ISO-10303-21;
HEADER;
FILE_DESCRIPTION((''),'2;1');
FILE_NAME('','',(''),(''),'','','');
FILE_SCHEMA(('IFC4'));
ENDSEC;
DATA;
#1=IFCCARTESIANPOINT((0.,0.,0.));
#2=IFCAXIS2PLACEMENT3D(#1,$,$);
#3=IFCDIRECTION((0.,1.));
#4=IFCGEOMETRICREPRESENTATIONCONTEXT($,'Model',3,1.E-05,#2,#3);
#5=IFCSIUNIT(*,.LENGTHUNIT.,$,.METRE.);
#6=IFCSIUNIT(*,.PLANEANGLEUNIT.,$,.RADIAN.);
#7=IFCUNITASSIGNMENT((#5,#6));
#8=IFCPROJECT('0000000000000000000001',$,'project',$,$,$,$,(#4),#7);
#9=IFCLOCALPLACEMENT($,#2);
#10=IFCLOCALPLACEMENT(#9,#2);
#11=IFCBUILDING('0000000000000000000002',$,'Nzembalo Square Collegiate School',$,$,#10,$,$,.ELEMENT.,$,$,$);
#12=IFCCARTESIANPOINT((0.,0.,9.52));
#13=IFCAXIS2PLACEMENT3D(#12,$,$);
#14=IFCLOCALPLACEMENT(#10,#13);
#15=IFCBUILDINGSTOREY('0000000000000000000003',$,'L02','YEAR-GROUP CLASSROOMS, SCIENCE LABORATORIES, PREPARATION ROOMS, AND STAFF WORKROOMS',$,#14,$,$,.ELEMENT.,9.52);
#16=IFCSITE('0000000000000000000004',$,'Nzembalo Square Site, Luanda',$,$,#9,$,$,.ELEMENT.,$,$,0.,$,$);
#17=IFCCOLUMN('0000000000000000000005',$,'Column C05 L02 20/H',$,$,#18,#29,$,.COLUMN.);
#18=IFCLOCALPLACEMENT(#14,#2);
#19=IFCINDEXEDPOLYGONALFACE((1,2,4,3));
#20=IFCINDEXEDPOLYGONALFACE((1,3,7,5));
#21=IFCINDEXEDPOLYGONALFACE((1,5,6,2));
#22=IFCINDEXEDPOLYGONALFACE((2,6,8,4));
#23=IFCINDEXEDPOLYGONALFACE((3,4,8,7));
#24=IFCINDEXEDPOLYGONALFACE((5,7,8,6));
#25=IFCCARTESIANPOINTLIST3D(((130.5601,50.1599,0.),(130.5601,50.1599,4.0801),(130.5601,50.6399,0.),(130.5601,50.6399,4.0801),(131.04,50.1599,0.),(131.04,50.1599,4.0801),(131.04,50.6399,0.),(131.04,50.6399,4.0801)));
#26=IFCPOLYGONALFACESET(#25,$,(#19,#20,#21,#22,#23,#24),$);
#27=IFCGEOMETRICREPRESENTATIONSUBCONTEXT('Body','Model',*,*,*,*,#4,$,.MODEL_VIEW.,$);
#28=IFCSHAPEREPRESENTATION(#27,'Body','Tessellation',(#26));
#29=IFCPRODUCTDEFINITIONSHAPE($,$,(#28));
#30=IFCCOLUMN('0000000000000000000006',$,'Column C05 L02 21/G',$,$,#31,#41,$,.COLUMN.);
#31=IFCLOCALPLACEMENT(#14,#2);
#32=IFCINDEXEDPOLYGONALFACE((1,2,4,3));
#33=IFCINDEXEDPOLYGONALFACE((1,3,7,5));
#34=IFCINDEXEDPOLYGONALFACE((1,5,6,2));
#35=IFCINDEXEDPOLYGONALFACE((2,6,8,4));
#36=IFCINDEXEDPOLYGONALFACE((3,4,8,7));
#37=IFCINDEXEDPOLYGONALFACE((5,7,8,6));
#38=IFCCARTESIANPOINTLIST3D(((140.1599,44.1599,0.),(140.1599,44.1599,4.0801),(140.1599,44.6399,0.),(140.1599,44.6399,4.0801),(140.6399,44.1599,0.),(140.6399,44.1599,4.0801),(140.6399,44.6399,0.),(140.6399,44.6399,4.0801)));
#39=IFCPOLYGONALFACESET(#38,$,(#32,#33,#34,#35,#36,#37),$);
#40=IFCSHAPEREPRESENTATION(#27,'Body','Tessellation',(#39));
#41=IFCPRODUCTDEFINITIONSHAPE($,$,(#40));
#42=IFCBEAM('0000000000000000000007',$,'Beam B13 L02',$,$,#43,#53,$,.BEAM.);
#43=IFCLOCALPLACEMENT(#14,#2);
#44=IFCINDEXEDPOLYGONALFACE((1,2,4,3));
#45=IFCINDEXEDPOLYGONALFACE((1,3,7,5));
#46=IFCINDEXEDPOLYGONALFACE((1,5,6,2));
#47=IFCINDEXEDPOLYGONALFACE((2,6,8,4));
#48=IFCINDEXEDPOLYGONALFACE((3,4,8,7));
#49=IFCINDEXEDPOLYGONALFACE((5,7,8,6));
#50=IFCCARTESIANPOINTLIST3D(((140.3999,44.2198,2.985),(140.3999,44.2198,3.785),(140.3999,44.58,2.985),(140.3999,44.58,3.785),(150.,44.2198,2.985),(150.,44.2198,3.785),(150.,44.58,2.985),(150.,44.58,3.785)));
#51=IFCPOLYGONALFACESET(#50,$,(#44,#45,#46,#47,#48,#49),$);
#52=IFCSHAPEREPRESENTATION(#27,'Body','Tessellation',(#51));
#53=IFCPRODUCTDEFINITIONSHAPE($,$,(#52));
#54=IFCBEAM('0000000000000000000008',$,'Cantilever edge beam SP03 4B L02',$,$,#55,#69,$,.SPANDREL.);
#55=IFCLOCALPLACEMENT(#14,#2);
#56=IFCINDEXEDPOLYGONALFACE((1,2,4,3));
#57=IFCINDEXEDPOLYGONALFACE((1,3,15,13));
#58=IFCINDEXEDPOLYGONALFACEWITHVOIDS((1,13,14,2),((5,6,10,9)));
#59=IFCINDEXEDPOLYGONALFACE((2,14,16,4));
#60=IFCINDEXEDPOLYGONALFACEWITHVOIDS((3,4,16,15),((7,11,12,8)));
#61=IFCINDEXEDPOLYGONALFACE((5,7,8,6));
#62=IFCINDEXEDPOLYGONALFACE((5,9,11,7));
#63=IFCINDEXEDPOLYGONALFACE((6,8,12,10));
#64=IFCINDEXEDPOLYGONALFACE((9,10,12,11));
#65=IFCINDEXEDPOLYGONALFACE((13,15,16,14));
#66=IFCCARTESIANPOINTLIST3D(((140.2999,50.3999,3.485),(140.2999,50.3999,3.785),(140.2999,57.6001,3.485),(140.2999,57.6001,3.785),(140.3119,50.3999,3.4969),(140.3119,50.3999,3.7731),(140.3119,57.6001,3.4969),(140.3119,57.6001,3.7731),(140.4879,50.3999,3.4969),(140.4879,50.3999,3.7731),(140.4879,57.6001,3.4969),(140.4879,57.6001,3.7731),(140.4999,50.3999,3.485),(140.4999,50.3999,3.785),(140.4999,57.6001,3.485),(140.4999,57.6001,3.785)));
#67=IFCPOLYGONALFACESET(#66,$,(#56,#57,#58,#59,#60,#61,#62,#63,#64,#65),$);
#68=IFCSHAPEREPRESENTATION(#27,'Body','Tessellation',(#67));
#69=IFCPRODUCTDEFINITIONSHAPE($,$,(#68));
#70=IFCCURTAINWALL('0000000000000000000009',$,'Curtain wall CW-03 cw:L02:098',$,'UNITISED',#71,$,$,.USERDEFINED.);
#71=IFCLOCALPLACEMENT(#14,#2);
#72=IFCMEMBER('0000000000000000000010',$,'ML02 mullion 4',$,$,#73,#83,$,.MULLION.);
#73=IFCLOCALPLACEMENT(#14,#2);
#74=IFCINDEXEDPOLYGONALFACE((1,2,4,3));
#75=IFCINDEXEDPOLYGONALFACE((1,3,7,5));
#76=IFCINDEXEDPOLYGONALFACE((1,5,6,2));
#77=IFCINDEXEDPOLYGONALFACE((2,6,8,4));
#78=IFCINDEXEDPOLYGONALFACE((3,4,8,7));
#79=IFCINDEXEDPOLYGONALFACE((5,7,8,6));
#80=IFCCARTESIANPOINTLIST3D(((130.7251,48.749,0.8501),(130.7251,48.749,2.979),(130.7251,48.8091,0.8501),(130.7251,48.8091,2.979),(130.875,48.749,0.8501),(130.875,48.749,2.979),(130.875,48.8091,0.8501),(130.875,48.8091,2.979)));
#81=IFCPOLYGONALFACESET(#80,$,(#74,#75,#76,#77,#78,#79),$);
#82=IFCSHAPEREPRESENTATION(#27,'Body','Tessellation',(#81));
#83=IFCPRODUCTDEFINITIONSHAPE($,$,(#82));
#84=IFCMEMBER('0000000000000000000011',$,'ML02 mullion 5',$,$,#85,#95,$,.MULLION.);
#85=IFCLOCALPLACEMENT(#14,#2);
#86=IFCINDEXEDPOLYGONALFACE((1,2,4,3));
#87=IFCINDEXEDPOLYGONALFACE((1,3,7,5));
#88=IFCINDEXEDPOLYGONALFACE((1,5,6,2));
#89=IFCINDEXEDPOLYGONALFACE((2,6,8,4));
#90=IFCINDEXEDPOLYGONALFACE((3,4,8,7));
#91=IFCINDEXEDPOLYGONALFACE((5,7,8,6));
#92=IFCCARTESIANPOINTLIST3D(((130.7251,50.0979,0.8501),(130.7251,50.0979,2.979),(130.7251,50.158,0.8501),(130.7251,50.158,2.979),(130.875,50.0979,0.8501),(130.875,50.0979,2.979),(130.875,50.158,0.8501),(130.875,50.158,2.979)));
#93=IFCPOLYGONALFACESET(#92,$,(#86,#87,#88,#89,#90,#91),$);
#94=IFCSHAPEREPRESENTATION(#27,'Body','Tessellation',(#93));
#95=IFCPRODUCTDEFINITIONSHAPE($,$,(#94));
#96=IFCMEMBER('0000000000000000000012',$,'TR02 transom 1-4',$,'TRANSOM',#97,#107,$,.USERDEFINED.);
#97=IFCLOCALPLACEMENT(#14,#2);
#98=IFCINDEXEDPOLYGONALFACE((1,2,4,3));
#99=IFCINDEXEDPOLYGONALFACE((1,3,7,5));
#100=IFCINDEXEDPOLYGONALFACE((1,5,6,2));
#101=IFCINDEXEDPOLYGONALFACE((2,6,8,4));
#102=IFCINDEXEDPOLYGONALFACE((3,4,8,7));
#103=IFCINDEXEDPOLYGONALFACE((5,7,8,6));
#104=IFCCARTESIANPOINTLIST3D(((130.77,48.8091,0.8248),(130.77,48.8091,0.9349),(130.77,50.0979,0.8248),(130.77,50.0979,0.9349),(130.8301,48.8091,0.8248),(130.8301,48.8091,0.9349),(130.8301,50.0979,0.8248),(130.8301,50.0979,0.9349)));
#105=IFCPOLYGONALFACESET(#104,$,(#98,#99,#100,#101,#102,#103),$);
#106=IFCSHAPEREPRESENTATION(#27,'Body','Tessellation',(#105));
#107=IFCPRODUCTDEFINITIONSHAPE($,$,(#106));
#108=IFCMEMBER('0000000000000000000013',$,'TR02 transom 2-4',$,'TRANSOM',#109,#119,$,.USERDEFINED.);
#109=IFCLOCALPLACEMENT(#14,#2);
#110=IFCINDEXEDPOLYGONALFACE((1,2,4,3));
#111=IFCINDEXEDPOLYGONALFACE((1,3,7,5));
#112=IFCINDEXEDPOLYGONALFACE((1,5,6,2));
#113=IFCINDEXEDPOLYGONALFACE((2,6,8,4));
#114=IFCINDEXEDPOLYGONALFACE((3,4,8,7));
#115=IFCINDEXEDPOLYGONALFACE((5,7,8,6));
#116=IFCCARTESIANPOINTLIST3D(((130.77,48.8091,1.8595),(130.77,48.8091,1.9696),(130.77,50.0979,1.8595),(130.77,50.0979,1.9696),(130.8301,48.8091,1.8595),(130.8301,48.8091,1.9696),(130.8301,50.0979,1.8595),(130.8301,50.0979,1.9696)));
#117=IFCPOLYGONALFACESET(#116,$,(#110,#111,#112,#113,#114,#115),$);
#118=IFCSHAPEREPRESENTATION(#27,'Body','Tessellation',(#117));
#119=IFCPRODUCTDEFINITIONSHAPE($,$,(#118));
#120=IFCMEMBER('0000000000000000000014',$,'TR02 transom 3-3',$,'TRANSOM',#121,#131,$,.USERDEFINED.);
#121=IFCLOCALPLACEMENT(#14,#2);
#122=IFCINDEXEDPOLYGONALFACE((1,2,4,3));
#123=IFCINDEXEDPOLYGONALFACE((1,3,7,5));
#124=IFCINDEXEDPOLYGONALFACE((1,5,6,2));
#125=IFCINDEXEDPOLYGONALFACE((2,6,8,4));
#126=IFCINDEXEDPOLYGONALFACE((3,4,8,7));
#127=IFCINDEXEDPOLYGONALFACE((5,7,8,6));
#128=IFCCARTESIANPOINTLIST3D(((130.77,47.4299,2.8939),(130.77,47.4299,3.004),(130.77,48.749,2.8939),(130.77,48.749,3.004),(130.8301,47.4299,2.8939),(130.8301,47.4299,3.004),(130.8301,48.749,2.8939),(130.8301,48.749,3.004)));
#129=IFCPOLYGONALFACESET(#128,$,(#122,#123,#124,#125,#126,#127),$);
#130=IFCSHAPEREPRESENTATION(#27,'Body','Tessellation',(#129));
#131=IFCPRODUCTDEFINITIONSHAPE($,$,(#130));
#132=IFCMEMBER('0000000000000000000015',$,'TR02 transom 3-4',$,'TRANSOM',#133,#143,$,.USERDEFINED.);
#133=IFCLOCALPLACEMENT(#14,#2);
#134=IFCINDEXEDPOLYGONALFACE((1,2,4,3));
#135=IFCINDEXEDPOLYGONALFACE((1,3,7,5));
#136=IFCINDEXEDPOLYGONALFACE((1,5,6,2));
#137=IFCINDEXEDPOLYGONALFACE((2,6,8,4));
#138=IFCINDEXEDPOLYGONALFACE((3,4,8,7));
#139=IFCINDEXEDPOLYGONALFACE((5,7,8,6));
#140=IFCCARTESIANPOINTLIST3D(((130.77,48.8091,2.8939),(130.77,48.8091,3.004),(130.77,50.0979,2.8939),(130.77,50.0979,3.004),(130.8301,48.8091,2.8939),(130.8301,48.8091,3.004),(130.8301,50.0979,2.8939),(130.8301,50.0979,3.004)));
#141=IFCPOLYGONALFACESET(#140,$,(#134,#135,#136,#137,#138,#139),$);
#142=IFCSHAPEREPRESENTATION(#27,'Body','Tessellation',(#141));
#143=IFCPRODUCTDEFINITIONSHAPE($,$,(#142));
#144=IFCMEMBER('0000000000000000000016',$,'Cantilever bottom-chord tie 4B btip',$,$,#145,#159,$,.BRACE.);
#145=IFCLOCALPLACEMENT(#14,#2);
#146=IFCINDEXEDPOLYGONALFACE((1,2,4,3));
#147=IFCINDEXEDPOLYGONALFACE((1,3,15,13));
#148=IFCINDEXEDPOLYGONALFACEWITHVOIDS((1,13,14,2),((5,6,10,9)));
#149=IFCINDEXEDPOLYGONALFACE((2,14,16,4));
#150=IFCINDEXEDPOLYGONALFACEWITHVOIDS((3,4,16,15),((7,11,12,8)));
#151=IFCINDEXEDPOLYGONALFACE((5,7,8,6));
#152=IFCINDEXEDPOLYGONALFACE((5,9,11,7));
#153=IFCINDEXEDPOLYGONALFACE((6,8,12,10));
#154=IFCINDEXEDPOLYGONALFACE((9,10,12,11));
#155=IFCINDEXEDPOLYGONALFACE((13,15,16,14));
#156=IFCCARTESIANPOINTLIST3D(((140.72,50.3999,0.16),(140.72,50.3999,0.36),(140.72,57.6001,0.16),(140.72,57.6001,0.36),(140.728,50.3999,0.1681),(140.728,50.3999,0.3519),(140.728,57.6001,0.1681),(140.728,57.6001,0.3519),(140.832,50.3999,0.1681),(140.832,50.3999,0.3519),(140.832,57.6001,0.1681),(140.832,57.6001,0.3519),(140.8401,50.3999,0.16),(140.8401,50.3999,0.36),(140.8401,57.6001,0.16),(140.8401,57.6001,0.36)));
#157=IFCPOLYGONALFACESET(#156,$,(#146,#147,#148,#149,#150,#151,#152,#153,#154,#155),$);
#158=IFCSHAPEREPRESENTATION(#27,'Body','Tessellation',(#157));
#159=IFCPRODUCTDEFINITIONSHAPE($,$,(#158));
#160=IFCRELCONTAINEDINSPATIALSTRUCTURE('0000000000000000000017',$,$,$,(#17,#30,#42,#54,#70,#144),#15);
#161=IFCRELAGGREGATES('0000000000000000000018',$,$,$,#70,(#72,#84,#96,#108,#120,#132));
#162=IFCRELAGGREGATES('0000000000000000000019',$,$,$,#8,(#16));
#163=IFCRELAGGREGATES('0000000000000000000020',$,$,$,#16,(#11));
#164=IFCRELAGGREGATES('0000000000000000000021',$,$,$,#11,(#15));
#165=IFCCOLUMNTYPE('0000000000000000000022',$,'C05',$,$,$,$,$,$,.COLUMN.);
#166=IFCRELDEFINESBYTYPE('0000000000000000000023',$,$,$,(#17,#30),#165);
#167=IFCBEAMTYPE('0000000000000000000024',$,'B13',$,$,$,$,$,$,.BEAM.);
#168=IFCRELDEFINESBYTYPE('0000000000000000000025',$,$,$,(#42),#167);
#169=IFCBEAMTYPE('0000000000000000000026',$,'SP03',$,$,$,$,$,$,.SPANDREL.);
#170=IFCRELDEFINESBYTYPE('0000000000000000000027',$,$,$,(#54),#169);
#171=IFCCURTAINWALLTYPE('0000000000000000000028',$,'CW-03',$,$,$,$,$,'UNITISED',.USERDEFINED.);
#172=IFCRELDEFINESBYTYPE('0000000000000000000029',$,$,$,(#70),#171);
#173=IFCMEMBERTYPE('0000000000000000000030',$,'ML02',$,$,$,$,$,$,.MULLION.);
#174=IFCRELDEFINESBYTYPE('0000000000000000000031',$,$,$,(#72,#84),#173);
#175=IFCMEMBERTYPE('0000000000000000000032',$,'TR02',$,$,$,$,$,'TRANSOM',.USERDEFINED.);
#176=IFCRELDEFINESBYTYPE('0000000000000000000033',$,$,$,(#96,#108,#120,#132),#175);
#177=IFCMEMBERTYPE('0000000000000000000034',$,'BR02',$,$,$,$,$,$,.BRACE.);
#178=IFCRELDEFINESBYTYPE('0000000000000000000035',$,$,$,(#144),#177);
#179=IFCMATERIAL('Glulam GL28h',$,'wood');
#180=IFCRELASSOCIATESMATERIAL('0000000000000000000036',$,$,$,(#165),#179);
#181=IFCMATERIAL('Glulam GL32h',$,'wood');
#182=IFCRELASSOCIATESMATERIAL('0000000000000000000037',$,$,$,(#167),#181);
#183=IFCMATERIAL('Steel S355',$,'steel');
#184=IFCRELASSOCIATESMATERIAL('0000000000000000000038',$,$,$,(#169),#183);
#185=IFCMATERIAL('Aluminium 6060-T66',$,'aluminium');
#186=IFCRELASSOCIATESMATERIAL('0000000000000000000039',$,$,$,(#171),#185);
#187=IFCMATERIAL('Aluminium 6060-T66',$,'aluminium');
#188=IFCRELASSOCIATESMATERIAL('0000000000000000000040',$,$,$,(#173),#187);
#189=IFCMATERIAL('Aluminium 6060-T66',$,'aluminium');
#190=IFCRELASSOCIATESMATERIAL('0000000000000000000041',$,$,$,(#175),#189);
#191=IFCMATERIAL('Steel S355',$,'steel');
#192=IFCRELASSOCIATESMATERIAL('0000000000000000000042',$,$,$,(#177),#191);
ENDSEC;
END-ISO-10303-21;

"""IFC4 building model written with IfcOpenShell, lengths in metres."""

from ifc_helpers import new_model, si_unit, direction, frame, origin, origin_2d, place, context, subcontext, project, spatial, rectangle, hollow_rectangle, extrude, material, material_profile, profile_set, type_object, element, aggregate, save


model = new_model("IFC4")

# Units and contexts
model_context = context("Model", 3, precision=1e-05, world=origin(), true_north=direction((0.0, 1.0)))
body_context = subcontext(model_context, "Body", "Model", "MODEL_VIEW")
ifc_project = project(units=[si_unit("LENGTHUNIT", "METRE"), si_unit("PLANEANGLEUNIT", "RADIAN")], contexts=[model_context])

# Site, building, storey
site_placement = place(None, origin())
site = spatial("IfcSite", under=ifc_project, at=site_placement, Name="Nzembalo Square Site, Luanda", CompositionType="ELEMENT", RefElevation=0.0)
building_placement = place(site_placement, origin())
building = spatial("IfcBuilding", under=site, at=building_placement, Name="Nzembalo Square Collegiate School", CompositionType="ELEMENT")
storey_placement = place(building_placement, frame((0.0, 0.0, 9.52)))
storey = spatial("IfcBuildingStorey", under=building, at=storey_placement, Name="L02", Description="YEAR-GROUP CLASSROOMS, SCIENCE LABORATORIES, PREPARATION ROOMS, AND STAFF WORKROOMS", CompositionType="ELEMENT", Elevation=9.52)

# Columns
ifc_material_1 = material(Name="Glulam GL28h", Category="wood")
ifc_material_profile_1 = material_profile(ifc_material_1, rectangle(XDim=0.48, YDim=0.48, at=origin_2d()), Name="GL28h 480x480")
ifc_profile_set_1 = profile_set([ifc_material_profile_1], Name="Glulam GL28h")
column_type = type_object("IfcColumnType", Name="C05", PredefinedType="COLUMN", material=ifc_profile_set_1)
for number, where, z_axis, x_axis, name in (
    (1, (130.8, 50.3999, 0.0), (0.0, 0.0, 1.0), (1.0, 0.0, 0.0), "Column C05 L02 20/H"),
    (2, (140.3999, 44.3999, 0.0), (0.0, 0.0, 1.0), (1.0, 0.0, 0.0), "Column C05 L02 21/G"),
):
    element("IfcColumn", number, at=place(storey_placement, frame(where, z_axis=z_axis, x_axis=x_axis)), inside=storey, type_object=column_type, Name=name, PredefinedType="COLUMN", context=body_context, shape_type="SweptSolid", body=[
        extrude(rectangle(XDim=0.48, YDim=0.48, at=origin_2d()), origin(), (0.0, 0.0, 1.0), 4.0801),
    ])

# Beams
ifc_material_2 = material(Name="Glulam GL32h", Category="wood")
ifc_material_profile_2 = material_profile(ifc_material_2, rectangle(XDim=0.3601, YDim=0.8, at=origin_2d()), Name="GL32h 360x800")
ifc_profile_set_2 = profile_set([ifc_material_profile_2], Name="Glulam GL32h")
beam_type_1 = type_object("IfcBeamType", Name="B13", PredefinedType="BEAM", material=ifc_profile_set_2)
beam_1_placement = place(storey_placement, frame((140.3999, 44.3999, 3.385), z_axis=(1.0, 0.0, 0.0), x_axis=(0.0, 1.0, 0.0)))
element("IfcBeam", 3, at=beam_1_placement, inside=storey, type_object=beam_type_1, Name="Beam B13 L02", PredefinedType="BEAM", context=body_context, shape_type="SweptSolid", body=[
    extrude(rectangle(XDim=0.3601, YDim=0.8, at=origin_2d()), origin(), (0.0, 0.0, 1.0), 9.6001),
])
ifc_material_3 = material(Name="Steel S355", Category="steel")
ifc_material_profile_3 = material_profile(ifc_material_3, hollow_rectangle(XDim=0.2, YDim=0.3, WallThickness=0.012, at=origin_2d()), Name="RHS 300x200x12")
ifc_profile_set_3 = profile_set([ifc_material_profile_3], Name="Steel S355")
beam_type_2 = type_object("IfcBeamType", Name="SP03", PredefinedType="SPANDREL", material=ifc_profile_set_3)
beam_2_placement = place(storey_placement, frame((140.3999, 50.3999, 3.635), z_axis=(0.0, 1.0, 0.0), x_axis=(-1.0, 0.0, 0.0)))
element("IfcBeam", 4, at=beam_2_placement, inside=storey, type_object=beam_type_2, Name="Cantilever edge beam SP03 4B L02", PredefinedType="SPANDREL", context=body_context, shape_type="SweptSolid", body=[
    extrude(hollow_rectangle(XDim=0.2, YDim=0.3, WallThickness=0.012, at=origin_2d()), origin(), (0.0, 0.0, 1.0), 7.2002),
])

# Curtain wall, members
ifc_material_4 = material(Name="Aluminium 6060-T66", Category="aluminium")
curtain_wall_type = type_object("IfcCurtainWallType", Name="CW-03", ElementType="UNITISED", PredefinedType="USERDEFINED", material=ifc_material_4)
curtain_wall_placement = place(storey_placement, origin())
curtain_wall = element("IfcCurtainWall", 5, at=curtain_wall_placement, inside=storey, type_object=curtain_wall_type, Name="Curtain wall CW-03 cw:L02:098", ObjectType="UNITISED", PredefinedType="USERDEFINED")
ifc_material_5 = material(Name="Aluminium 6060-T66", Category="aluminium")
ifc_material_profile_4 = material_profile(ifc_material_5, rectangle(XDim=0.0601, YDim=0.1499, at=origin_2d()), Name="ALU M60x150")
ifc_profile_set_4 = profile_set([ifc_material_profile_4], Name="Aluminium 6060-T66")
member_type_1 = type_object("IfcMemberType", Name="ML02", PredefinedType="MULLION", material=ifc_profile_set_4)
member_1_placement = place(storey_placement, frame((130.8, 48.7791, 0.8501), z_axis=(0.0, 0.0, 1.0), x_axis=(0.0, 1.0, 0.0)))
member_1 = element("IfcMember", 6, at=member_1_placement, type_object=member_type_1, Name="ML02 mullion 4", PredefinedType="MULLION", context=body_context, shape_type="SweptSolid", body=[
    extrude(rectangle(XDim=0.0601, YDim=0.1499, at=origin_2d()), origin(), (0.0, 0.0, 1.0), 2.1289),
])
member_2_placement = place(storey_placement, frame((130.8, 50.1279, 0.8501), z_axis=(0.0, 0.0, 1.0), x_axis=(0.0, 1.0, 0.0)))
member_2 = element("IfcMember", 7, at=member_2_placement, type_object=member_type_1, Name="ML02 mullion 5", PredefinedType="MULLION", context=body_context, shape_type="SweptSolid", body=[
    extrude(rectangle(XDim=0.0601, YDim=0.1499, at=origin_2d()), origin(), (0.0, 0.0, 1.0), 2.1289),
])
ifc_material_6 = material(Name="Aluminium 6060-T66", Category="aluminium")
ifc_material_profile_5 = material_profile(ifc_material_6, rectangle(XDim=0.0601, YDim=0.1101, at=origin_2d()), Name="ALU T60x110")
ifc_profile_set_5 = profile_set([ifc_material_profile_5], Name="Aluminium 6060-T66")
member_type_2 = type_object("IfcMemberType", Name="TR02", ElementType="TRANSOM", PredefinedType="USERDEFINED", material=ifc_profile_set_5)
member_3_placement = place(storey_placement, frame((130.8, 48.8091, 0.8799), z_axis=(0.0, 1.0, 0.0), x_axis=(-1.0, 0.0, 0.0)))
member_3 = element("IfcMember", 8, at=member_3_placement, type_object=member_type_2, Name="TR02 transom 1-4", ObjectType="TRANSOM", PredefinedType="USERDEFINED", context=body_context, shape_type="SweptSolid", body=[
    extrude(rectangle(XDim=0.0601, YDim=0.1101, at=origin_2d()), origin(), (0.0, 0.0, 1.0), 1.2888),
])
member_4_placement = place(storey_placement, frame((130.8, 48.8091, 1.9146), z_axis=(0.0, 1.0, 0.0), x_axis=(-1.0, 0.0, 0.0)))
member_4 = element("IfcMember", 9, at=member_4_placement, type_object=member_type_2, Name="TR02 transom 2-4", ObjectType="TRANSOM", PredefinedType="USERDEFINED", context=body_context, shape_type="SweptSolid", body=[
    extrude(rectangle(XDim=0.0601, YDim=0.1101, at=origin_2d()), origin(), (0.0, 0.0, 1.0), 1.2888),
])
member_5_placement = place(storey_placement, frame((130.8, 47.4299, 2.949), z_axis=(0.0, 1.0, 0.0), x_axis=(-1.0, 0.0, 0.0)))
member_5 = element("IfcMember", 10, at=member_5_placement, type_object=member_type_2, Name="TR02 transom 3-3", ObjectType="TRANSOM", PredefinedType="USERDEFINED", context=body_context, shape_type="SweptSolid", body=[
    extrude(rectangle(XDim=0.0601, YDim=0.1101, at=origin_2d()), origin(), (0.0, 0.0, 1.0), 1.3191),
])
member_6_placement = place(storey_placement, frame((130.8, 48.8091, 2.949), z_axis=(0.0, 1.0, 0.0), x_axis=(-1.0, 0.0, 0.0)))
member_6 = element("IfcMember", 11, at=member_6_placement, type_object=member_type_2, Name="TR02 transom 3-4", ObjectType="TRANSOM", PredefinedType="USERDEFINED", context=body_context, shape_type="SweptSolid", body=[
    extrude(rectangle(XDim=0.0601, YDim=0.1101, at=origin_2d()), origin(), (0.0, 0.0, 1.0), 1.2888),
])

# Member
ifc_material_7 = material(Name="Steel S355", Category="steel")
ifc_material_profile_6 = material_profile(ifc_material_7, hollow_rectangle(XDim=0.1201, YDim=0.2, WallThickness=0.0081, at=origin_2d()), Name="RHS 200x120x8")
ifc_profile_set_6 = profile_set([ifc_material_profile_6], Name="Steel S355")
member_type_3 = type_object("IfcMemberType", Name="BR02", PredefinedType="BRACE", material=ifc_profile_set_6)
member_7_placement = place(storey_placement, frame((140.78, 50.3999, 0.26), z_axis=(0.0, 1.0, 0.0), x_axis=(-1.0, 0.0, 0.0)))
element("IfcMember", 12, at=member_7_placement, inside=storey, type_object=member_type_3, Name="Cantilever bottom-chord tie 4B btip", PredefinedType="BRACE", context=body_context, shape_type="SweptSolid", body=[
    extrude(hollow_rectangle(XDim=0.1201, YDim=0.2, WallThickness=0.0081, at=origin_2d()), origin(), (0.0, 0.0, 1.0), 7.2002),
])

aggregate(curtain_wall, [member_1, member_2, member_3, member_4, member_5, member_6])

save(model, "model.ifc")
